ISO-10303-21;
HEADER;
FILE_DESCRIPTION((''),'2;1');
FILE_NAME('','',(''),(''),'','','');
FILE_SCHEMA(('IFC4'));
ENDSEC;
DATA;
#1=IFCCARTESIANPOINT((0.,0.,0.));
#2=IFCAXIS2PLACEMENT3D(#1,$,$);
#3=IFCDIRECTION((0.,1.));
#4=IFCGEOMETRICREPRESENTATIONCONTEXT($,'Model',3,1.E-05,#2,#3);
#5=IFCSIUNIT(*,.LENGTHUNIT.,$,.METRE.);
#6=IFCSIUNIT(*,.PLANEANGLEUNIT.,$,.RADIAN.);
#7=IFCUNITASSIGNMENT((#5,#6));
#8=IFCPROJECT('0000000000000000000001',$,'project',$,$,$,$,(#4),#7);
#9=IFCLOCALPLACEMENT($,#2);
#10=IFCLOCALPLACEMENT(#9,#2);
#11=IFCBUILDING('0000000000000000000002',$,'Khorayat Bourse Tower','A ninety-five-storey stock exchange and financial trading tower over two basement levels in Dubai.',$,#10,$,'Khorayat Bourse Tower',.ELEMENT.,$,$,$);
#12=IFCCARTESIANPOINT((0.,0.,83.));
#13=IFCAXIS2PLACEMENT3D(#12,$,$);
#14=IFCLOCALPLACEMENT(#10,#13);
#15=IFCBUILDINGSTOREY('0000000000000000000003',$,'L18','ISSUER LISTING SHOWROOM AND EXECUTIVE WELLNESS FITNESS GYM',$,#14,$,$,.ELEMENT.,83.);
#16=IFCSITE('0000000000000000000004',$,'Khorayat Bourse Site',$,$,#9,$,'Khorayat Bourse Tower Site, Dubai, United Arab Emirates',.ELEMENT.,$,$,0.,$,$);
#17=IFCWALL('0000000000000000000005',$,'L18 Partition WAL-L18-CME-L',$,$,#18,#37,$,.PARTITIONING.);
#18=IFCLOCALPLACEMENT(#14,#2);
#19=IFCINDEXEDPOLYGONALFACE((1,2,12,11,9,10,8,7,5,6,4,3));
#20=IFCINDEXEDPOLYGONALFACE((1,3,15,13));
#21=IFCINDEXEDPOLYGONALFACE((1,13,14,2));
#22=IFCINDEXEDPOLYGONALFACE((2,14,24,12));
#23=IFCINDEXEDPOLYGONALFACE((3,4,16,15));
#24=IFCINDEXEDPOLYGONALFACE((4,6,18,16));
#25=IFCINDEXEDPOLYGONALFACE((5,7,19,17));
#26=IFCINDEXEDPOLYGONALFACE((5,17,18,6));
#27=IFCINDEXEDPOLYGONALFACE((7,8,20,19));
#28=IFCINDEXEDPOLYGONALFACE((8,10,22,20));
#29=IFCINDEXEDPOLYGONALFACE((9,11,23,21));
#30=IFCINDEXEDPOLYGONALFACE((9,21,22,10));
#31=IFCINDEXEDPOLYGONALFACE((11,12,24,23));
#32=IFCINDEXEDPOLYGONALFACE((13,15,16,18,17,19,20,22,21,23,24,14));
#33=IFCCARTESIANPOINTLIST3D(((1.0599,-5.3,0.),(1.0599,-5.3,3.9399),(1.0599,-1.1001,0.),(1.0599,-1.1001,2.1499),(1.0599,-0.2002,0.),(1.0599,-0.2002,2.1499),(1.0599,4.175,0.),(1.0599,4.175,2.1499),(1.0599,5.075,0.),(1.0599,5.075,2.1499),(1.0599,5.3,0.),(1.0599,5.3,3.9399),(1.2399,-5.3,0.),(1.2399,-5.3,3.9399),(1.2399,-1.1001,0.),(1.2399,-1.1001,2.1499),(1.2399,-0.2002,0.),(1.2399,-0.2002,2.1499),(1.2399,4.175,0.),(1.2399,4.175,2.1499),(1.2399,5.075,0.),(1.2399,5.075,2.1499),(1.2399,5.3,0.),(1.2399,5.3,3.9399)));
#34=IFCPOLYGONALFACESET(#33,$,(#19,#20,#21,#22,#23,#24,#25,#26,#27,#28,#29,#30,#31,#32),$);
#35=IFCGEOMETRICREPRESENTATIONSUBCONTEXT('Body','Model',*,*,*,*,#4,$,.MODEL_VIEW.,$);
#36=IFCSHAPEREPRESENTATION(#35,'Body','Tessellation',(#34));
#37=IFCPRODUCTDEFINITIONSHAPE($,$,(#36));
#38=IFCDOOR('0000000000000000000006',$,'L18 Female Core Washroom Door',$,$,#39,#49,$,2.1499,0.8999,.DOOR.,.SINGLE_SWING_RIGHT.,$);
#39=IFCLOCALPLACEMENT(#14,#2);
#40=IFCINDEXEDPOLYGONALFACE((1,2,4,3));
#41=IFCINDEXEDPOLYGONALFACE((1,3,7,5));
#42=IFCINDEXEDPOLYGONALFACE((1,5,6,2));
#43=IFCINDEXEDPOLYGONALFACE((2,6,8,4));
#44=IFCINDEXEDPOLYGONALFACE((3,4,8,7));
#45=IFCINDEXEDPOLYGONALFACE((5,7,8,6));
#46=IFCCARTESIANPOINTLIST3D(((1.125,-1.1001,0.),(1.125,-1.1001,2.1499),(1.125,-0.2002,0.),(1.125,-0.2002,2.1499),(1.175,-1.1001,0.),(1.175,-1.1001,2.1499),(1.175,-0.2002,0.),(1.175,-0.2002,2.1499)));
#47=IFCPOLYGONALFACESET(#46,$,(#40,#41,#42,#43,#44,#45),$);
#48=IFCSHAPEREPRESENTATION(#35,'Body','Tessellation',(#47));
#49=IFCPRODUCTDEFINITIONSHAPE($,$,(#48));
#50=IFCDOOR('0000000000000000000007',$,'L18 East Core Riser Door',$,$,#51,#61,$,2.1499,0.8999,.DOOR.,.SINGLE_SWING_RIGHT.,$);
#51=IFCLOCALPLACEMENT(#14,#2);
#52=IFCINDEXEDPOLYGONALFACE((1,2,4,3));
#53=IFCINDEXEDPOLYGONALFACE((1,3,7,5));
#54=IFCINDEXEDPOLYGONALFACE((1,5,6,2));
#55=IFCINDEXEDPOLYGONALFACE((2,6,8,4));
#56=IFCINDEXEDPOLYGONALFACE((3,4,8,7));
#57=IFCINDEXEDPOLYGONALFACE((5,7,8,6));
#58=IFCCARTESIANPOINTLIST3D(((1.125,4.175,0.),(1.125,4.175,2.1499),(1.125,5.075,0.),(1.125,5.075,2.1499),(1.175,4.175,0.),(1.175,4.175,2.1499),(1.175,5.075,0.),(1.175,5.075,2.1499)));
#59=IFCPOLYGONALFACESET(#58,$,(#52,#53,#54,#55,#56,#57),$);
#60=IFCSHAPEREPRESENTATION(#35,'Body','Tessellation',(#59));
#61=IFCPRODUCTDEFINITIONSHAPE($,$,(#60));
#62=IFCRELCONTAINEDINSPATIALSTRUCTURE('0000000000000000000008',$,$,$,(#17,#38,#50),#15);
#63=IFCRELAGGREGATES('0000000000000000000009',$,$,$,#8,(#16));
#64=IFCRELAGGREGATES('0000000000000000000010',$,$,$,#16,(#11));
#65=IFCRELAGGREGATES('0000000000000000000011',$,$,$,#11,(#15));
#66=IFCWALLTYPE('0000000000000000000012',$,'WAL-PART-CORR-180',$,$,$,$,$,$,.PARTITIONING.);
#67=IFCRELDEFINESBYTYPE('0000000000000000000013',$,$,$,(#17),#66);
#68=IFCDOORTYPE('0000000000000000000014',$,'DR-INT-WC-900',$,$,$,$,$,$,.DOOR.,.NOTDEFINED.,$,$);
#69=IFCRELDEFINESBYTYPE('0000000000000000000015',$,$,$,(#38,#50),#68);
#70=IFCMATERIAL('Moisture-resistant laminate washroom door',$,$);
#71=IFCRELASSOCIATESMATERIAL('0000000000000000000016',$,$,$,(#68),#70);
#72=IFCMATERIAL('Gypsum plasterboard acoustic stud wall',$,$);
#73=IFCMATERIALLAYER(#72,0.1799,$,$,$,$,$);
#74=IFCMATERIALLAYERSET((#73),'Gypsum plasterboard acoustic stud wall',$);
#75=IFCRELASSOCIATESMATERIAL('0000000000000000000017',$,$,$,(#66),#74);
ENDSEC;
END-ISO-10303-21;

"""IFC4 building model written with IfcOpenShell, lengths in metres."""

from ifc_helpers import new_model, si_unit, direction, frame, frame_2d, origin, place, context, subcontext, project, spatial, rectangle, extrude, source, transform, mapped, material, layer, layer_set, type_object, element, fill, save


model = new_model("IFC4")

# Units and contexts
model_context = context("Model", 3, precision=1e-05, world=origin(), true_north=direction((0.0, 1.0)))
body_context = subcontext(model_context, "Body", "Model", "MODEL_VIEW")
ifc_project = project(units=[si_unit("LENGTHUNIT", "METRE"), si_unit("PLANEANGLEUNIT", "RADIAN")], contexts=[model_context])

# Site, building, storey
site_placement = place(None, origin())
site = spatial("IfcSite", under=ifc_project, at=site_placement, Name="Khorayat Bourse Site", LongName="Khorayat Bourse Tower Site, Dubai, United Arab Emirates", CompositionType="ELEMENT", RefElevation=0.0)
building_placement = place(site_placement, origin())
building = spatial("IfcBuilding", under=site, at=building_placement, Name="Khorayat Bourse Tower", Description="A ninety-five-storey stock exchange and financial trading tower over two basement levels in Dubai.", LongName="Khorayat Bourse Tower", CompositionType="ELEMENT")
storey_placement = place(building_placement, frame((0.0, 0.0, 83.0)))
storey = spatial("IfcBuildingStorey", under=building, at=storey_placement, Name="L18", Description="ISSUER LISTING SHOWROOM AND EXECUTIVE WELLNESS FITNESS GYM", CompositionType="ELEMENT", Elevation=83.0)

# Shared definitions
ifc_material_1 = material(Name="Moisture-resistant laminate washroom door")
door_type_1 = type_object("IfcDoorType", Name="DR-INT-WC-900", OperationType="NOTDEFINED", PredefinedType="DOOR", material=ifc_material_1)
shared_shape_1 = source(origin(), body_context, "Body", "SweptSolid", [
    extrude(rectangle(XDim=0.8999, YDim=2.1499, at=frame_2d((0.45, 1.075))), frame((0.0, 0.0249, 0.0), z_axis=(0.0, -1.0, 0.0), x_axis=(1.0, 0.0, 0.0)), (0.0, 0.0, 1.0), 0.05),
])

# Wall, openings, doors
ifc_material_2 = material(Name="Gypsum plasterboard acoustic stud wall")
ifc_layer_1 = layer(ifc_material_2, 0.1799)
ifc_layer_set_1 = layer_set([ifc_layer_1], Name="Gypsum plasterboard acoustic stud wall")
wall_type_1 = type_object("IfcWallType", Name="WAL-PART-CORR-180", PredefinedType="PARTITIONING", material=ifc_layer_set_1)
shared_shape_2 = source(origin(), body_context, "Body", "SweptSolid", [
    extrude(rectangle(XDim=10.6001, YDim=0.1799, at=frame_2d((5.3, 0.0))), origin(), (0.0, 0.0, 1.0), 3.9399),
])
wall_1_placement = place(storey_placement, frame((1.1499, -5.3, 0.0), z_axis=(0.0, 0.0, 1.0), x_axis=(0.0, 1.0, 0.0)))
wall_1 = element("IfcWall", 1, at=wall_1_placement, inside=storey, type_object=wall_type_1, Name="L18 Partition WAL-L18-CME-L", PredefinedType="PARTITIONING", context=body_context, shape_type="MappedRepresentation", body=[
    mapped(shared_shape_2, transform((0.0, 0.0, 0.0), scale=1.0)),
])
shared_shape_3 = source(origin(), body_context, "Body", "SweptSolid", [
    extrude(rectangle(XDim=0.8999, YDim=2.1499, at=frame_2d((0.45, 1.075))), frame((0.0, 0.0999, 0.0), z_axis=(0.0, -1.0, 0.0), x_axis=(1.0, 0.0, 0.0)), (0.0, 0.0, 1.0), 0.2),
])
opening_1_placement = place(wall_1_placement, frame((4.2, 0.0, 0.0)))
opening_1 = element("IfcOpeningElement", 2, at=opening_1_placement, cuts=wall_1, PredefinedType="OPENING", context=body_context, shape_type="MappedRepresentation", body=[
    mapped(shared_shape_3, transform((0.0, 0.0, 0.0), scale=1.0)),
])
opening_2_placement = place(wall_1_placement, frame((9.4751, 0.0, 0.0)))
opening_2 = element("IfcOpeningElement", 3, at=opening_2_placement, cuts=wall_1, PredefinedType="OPENING", context=body_context, shape_type="MappedRepresentation", body=[
    mapped(shared_shape_3, transform((0.0, 0.0, 0.0), scale=1.0)),
])
door_1_placement = place(opening_1_placement, origin())
door_1 = element("IfcDoor", 4, at=door_1_placement, inside=storey, type_object=door_type_1, Name="L18 Female Core Washroom Door", OperationType="SINGLE_SWING_RIGHT", OverallHeight=2.1499, OverallWidth=0.8999, PredefinedType="DOOR", context=body_context, shape_type="MappedRepresentation", body=[
    mapped(shared_shape_1, transform((0.0, 0.0, 0.0), scale=1.0)),
])
fill(opening_1, door_1)
door_2_placement = place(opening_2_placement, origin())
door_2 = element("IfcDoor", 5, at=door_2_placement, inside=storey, type_object=door_type_1, Name="L18 East Core Riser Door", OperationType="SINGLE_SWING_RIGHT", OverallHeight=2.1499, OverallWidth=0.8999, PredefinedType="DOOR", context=body_context, shape_type="MappedRepresentation", body=[
    mapped(shared_shape_1, transform((0.0, 0.0, 0.0), scale=1.0)),
])
fill(opening_2, door_2)

save(model, "model.ifc")
